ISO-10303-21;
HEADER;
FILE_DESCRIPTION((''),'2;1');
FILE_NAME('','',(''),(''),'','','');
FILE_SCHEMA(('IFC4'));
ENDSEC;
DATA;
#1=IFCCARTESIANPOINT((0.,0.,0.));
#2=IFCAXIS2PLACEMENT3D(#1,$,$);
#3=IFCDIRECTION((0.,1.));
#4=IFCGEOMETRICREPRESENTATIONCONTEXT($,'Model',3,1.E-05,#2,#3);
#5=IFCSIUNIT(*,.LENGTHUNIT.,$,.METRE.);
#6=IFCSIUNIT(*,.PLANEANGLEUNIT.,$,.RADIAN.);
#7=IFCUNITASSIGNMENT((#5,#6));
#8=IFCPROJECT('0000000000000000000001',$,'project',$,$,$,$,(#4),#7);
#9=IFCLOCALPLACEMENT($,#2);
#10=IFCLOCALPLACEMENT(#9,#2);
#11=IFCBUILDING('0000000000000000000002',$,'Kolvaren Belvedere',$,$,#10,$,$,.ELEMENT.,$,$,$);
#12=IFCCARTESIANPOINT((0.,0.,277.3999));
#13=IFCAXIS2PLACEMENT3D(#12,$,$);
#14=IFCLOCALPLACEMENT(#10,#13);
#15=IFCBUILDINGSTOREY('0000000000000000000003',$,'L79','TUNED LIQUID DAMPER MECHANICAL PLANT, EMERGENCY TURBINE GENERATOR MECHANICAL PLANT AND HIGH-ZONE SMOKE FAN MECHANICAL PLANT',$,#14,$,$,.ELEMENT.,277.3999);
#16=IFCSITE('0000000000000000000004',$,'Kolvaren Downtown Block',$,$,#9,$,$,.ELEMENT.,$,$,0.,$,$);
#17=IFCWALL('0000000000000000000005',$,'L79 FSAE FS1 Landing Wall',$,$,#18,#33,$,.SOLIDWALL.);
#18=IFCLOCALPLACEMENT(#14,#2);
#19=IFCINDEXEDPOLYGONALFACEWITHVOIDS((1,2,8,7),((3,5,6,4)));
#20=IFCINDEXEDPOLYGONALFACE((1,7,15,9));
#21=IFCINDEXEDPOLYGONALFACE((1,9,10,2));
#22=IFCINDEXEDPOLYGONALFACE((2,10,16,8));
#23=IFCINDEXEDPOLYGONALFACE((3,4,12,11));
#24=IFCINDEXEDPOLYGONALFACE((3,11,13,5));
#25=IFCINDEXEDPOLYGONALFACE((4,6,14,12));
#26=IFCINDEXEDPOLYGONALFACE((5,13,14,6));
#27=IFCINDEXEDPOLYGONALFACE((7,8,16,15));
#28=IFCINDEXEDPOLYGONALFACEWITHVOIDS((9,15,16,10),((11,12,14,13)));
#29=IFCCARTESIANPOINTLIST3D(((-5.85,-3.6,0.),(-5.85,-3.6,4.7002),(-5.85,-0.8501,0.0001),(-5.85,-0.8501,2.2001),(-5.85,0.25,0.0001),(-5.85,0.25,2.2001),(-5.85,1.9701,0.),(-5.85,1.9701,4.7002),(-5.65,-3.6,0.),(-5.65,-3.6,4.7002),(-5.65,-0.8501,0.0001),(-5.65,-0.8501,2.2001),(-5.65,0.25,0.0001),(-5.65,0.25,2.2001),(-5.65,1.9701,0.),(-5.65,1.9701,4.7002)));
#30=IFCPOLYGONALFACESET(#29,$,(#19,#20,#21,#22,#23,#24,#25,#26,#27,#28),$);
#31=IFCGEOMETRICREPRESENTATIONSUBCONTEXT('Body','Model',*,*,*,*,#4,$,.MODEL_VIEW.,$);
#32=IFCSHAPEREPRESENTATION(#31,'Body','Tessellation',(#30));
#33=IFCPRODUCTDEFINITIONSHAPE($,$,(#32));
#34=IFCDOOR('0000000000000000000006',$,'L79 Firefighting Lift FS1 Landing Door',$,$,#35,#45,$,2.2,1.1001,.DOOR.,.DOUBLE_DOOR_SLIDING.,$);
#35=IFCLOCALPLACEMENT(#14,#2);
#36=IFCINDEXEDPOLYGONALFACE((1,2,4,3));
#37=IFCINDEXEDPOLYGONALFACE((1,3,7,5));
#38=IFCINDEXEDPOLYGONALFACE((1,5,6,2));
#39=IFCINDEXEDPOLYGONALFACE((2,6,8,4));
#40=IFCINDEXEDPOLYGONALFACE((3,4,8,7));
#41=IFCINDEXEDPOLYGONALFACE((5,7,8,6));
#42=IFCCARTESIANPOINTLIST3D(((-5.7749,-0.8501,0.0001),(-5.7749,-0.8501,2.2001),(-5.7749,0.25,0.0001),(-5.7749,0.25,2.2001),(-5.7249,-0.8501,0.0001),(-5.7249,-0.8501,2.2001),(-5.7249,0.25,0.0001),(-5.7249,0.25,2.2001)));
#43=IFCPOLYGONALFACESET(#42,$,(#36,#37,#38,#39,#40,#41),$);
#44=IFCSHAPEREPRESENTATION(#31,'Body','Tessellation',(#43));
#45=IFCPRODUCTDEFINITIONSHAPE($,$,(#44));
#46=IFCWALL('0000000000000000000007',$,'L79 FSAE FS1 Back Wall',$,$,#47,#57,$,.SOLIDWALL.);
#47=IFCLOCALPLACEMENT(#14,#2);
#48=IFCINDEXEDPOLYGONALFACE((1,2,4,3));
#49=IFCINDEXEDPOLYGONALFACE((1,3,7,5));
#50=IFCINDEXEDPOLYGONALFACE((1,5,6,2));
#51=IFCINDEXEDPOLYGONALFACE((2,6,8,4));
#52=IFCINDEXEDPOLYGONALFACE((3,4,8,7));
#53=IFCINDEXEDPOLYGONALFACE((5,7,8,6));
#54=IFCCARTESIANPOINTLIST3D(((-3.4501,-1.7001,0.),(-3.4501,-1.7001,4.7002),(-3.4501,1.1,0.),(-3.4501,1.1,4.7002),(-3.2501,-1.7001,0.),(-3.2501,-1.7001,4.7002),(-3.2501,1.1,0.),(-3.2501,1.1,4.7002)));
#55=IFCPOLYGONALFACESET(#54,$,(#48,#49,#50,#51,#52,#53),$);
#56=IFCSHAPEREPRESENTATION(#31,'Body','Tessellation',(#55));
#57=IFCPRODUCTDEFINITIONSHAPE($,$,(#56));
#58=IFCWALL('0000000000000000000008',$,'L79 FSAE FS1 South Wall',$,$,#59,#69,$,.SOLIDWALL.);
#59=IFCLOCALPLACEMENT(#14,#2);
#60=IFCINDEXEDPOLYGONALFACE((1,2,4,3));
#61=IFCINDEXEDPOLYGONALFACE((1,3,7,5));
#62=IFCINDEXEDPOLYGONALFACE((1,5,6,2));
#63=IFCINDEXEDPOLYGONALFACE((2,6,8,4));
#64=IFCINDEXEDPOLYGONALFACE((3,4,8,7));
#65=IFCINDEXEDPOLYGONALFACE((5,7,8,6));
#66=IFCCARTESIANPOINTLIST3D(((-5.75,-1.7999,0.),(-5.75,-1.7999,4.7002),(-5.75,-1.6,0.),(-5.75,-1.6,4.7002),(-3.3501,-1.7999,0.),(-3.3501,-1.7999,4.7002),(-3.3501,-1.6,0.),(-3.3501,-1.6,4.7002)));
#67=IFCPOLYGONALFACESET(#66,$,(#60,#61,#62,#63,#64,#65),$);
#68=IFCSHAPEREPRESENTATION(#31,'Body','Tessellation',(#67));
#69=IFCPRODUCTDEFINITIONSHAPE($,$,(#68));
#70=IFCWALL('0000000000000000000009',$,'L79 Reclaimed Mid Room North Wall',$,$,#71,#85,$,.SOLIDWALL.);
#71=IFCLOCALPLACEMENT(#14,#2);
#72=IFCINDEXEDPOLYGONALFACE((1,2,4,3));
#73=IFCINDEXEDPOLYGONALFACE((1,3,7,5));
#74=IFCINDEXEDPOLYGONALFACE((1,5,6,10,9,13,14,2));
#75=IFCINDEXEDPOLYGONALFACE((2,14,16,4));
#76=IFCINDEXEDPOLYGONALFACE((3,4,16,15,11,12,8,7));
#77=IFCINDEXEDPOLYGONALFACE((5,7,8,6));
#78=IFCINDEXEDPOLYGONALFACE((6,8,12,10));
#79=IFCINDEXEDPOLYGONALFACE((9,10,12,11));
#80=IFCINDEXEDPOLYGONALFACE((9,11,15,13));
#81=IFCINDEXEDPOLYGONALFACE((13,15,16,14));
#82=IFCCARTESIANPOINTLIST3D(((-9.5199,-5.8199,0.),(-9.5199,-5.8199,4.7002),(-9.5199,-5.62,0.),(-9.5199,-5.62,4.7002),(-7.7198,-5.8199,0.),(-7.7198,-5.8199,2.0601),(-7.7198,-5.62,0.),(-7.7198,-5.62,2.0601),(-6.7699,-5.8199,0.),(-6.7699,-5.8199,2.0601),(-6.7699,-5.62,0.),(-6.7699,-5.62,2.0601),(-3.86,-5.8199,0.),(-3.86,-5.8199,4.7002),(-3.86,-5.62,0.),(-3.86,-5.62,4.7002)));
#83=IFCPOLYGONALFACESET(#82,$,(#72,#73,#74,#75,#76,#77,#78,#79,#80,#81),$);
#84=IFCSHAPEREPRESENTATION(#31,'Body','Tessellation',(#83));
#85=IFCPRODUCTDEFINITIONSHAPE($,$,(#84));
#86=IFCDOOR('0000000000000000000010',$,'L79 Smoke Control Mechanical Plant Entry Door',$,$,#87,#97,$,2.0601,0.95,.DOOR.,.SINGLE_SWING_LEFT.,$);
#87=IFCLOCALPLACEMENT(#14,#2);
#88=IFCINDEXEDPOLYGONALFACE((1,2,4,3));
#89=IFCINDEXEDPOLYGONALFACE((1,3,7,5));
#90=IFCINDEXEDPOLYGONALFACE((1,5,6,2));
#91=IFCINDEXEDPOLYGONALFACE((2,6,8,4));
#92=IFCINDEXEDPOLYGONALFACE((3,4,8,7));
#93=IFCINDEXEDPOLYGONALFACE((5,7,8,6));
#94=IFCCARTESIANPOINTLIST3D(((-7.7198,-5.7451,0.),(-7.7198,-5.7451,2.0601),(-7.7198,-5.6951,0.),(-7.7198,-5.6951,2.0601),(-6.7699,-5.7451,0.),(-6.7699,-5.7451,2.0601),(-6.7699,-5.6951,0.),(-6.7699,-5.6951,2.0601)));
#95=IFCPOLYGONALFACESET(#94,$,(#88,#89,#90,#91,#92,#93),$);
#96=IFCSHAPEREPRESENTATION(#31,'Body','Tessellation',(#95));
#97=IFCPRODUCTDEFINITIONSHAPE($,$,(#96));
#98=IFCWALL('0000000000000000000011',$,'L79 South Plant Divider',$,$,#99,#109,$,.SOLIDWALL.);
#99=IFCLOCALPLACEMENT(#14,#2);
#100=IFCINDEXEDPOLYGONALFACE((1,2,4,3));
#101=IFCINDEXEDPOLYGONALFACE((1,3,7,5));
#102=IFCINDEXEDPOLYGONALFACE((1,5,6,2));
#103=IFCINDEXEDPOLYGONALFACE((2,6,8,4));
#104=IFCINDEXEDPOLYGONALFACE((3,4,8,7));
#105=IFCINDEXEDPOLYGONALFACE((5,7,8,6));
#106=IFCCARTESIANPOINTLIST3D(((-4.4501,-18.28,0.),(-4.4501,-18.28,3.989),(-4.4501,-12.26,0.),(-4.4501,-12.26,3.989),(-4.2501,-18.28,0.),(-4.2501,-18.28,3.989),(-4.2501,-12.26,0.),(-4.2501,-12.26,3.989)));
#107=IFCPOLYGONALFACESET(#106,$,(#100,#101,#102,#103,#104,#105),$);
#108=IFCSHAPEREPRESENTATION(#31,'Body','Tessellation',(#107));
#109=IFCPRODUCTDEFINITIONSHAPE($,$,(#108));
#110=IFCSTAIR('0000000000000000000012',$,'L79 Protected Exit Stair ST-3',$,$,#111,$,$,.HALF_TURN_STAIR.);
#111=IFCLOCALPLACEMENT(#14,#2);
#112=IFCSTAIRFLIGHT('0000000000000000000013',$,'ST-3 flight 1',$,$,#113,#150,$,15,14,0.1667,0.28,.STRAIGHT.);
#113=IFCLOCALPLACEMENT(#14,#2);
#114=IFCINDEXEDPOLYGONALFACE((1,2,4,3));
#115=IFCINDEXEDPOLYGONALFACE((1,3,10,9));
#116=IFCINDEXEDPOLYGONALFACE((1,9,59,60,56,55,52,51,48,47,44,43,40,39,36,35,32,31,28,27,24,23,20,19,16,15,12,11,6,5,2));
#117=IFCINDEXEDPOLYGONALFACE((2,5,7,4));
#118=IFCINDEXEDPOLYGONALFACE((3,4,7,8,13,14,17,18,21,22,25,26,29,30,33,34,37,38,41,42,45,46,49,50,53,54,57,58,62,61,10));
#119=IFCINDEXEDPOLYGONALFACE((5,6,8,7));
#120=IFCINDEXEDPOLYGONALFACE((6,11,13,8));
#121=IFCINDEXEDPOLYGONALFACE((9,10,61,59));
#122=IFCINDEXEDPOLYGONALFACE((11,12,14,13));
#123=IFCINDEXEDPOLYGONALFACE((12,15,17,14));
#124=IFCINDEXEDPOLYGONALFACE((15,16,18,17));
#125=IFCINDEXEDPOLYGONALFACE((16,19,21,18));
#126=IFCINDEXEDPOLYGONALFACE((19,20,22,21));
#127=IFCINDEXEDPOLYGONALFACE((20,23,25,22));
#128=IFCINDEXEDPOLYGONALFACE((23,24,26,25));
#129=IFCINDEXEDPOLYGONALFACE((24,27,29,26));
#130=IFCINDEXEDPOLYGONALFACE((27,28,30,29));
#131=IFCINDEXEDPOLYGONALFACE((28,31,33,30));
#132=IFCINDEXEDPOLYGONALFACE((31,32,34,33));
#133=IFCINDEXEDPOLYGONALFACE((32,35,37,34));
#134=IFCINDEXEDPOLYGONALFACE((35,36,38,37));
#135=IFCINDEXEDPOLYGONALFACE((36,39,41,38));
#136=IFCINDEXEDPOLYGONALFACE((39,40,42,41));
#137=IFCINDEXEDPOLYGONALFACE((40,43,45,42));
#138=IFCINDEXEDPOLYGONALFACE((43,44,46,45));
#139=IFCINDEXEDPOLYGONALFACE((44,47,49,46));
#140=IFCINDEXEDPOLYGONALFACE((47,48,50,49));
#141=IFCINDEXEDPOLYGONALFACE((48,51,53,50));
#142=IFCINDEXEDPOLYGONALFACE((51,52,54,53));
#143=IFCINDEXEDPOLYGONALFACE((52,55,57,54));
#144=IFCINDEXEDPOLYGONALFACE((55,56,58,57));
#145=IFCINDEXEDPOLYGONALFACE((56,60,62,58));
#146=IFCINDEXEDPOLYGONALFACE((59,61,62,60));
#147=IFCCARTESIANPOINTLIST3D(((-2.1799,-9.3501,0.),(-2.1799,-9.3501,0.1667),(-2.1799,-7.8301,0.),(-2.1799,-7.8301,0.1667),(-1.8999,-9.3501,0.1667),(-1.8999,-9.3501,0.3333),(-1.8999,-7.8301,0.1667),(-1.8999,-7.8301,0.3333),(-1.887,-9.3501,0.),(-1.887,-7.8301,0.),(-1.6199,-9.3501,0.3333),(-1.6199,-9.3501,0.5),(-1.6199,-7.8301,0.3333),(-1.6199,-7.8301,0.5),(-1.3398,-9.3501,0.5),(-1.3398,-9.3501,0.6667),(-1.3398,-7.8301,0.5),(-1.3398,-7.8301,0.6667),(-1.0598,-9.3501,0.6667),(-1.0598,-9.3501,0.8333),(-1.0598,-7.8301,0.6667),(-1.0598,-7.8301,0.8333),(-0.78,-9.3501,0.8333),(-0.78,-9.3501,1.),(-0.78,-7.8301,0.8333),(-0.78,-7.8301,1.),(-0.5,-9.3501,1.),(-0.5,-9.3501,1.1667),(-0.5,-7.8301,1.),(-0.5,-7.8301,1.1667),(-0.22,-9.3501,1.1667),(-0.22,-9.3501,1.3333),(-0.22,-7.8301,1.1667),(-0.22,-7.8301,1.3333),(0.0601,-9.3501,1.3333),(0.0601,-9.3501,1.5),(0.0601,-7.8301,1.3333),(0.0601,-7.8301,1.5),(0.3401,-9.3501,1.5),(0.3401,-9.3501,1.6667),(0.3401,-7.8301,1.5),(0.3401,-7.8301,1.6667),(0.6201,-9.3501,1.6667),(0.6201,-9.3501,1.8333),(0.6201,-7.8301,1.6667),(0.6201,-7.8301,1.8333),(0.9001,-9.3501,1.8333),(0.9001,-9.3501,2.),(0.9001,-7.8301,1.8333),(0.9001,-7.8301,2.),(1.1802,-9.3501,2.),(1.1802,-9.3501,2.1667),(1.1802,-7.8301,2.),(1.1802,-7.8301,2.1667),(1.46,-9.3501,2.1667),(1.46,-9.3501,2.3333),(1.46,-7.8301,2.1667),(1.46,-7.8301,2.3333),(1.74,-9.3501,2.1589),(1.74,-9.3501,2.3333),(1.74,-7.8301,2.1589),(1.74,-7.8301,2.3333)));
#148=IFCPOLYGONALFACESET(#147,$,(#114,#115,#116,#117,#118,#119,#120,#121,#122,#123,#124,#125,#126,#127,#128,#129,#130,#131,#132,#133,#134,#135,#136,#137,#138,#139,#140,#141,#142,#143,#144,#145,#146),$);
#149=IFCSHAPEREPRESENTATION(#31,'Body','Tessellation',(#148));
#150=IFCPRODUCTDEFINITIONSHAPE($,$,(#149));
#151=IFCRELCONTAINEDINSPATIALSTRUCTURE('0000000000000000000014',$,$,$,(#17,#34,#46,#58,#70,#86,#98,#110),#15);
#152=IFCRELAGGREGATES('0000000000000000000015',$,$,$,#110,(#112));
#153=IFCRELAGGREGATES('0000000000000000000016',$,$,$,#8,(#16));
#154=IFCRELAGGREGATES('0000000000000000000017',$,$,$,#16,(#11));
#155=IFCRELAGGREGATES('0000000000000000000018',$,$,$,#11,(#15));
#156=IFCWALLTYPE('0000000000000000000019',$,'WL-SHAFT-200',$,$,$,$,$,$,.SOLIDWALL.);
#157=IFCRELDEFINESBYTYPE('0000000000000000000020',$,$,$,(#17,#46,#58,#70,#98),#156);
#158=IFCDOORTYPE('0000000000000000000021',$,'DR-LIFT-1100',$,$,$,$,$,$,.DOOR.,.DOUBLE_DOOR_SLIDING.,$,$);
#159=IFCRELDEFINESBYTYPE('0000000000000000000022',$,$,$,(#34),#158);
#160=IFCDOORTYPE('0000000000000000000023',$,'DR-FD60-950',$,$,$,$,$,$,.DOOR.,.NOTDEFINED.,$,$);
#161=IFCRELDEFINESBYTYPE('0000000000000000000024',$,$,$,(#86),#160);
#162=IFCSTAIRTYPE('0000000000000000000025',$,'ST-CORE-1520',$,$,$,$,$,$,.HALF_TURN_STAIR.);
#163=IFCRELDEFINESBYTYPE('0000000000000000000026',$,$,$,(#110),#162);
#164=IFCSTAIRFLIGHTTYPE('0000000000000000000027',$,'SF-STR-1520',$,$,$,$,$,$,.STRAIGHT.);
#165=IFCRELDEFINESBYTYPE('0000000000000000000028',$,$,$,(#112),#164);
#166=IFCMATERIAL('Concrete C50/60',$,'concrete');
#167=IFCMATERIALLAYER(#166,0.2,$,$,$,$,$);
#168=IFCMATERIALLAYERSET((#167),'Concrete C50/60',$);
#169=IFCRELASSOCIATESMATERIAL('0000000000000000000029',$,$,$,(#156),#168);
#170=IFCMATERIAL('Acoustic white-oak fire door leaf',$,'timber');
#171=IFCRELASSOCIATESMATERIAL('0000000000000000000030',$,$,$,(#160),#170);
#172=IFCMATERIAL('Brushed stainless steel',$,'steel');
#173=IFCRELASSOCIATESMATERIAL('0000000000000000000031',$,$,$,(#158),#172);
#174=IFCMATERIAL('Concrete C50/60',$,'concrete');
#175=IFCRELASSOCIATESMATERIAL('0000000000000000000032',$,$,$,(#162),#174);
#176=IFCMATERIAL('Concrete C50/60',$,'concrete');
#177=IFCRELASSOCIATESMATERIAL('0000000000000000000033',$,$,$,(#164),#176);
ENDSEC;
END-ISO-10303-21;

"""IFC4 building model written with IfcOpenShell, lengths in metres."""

from ifc_helpers import new_model, si_unit, direction, frame, frame_2d, origin, place, context, subcontext, project, spatial, polyline, rectangle, outline, extrude, material, layer, layer_set, type_object, element, fill, aggregate, save


model = new_model("IFC4")

# Units and contexts
model_context = context("Model", 3, precision=1e-05, world=origin(), true_north=direction((0.0, 1.0)))
body_context = subcontext(model_context, "Body", "Model", "MODEL_VIEW")
ifc_project = project(units=[si_unit("LENGTHUNIT", "METRE"), si_unit("PLANEANGLEUNIT", "RADIAN")], contexts=[model_context])

# Site, building, storey
site_placement = place(None, origin())
site = spatial("IfcSite", under=ifc_project, at=site_placement, Name="Kolvaren Downtown Block", CompositionType="ELEMENT", RefElevation=0.0)
building_placement = place(site_placement, origin())
building = spatial("IfcBuilding", under=site, at=building_placement, Name="Kolvaren Belvedere", CompositionType="ELEMENT")
storey_placement = place(building_placement, frame((0.0, 0.0, 277.3999)))
storey = spatial("IfcBuildingStorey", under=building, at=storey_placement, Name="L79", Description="TUNED LIQUID DAMPER MECHANICAL PLANT, EMERGENCY TURBINE GENERATOR MECHANICAL PLANT AND HIGH-ZONE SMOKE FAN MECHANICAL PLANT", CompositionType="ELEMENT", Elevation=277.3999)

# Wall, opening, door
ifc_material_1 = material(Name="Concrete C50/60", Category="concrete")
ifc_layer_1 = layer(ifc_material_1, 0.2)
ifc_layer_set_1 = layer_set([ifc_layer_1], Name="Concrete C50/60")
wall_type_1 = type_object("IfcWallType", Name="WL-SHAFT-200", PredefinedType="SOLIDWALL", material=ifc_layer_set_1)
ifc_material_2 = material(Name="Acoustic white-oak fire door leaf", Category="timber")
door_type_1 = type_object("IfcDoorType", Name="DR-FD60-950", OperationType="NOTDEFINED", PredefinedType="DOOR", material=ifc_material_2)
wall_1_placement = place(storey_placement, frame((-5.75, -3.6001, 0.0), z_axis=(0.0, 0.0, 1.0), x_axis=(0.0, 1.0, 0.0)))
wall_1 = element("IfcWall", 1, at=wall_1_placement, inside=storey, type_object=wall_type_1, Name="L79 FSAE FS1 Landing Wall", PredefinedType="SOLIDWALL", context=body_context, shape_type="SweptSolid", body=[
    extrude(rectangle(XDim=5.5701, YDim=0.2, at=frame_2d((2.7852, 0.0))), origin(), (0.0, 0.0, 1.0), 4.7002),
])
opening_1_placement = place(wall_1_placement, frame((2.75, 0.0, 0.0)))
opening_1 = element("IfcOpeningElement", 2, at=opening_1_placement, cuts=wall_1, PredefinedType="OPENING", context=body_context, shape_type="SweptSolid", body=[
    extrude(rectangle(XDim=1.1001, YDim=2.2, at=frame_2d((0.55, 1.1001))), frame((0.0, 0.1099, 0.0), z_axis=(0.0, -1.0, 0.0), x_axis=(1.0, 0.0, 0.0)), (0.0, 0.0, 1.0), 0.22),
])
ifc_material_3 = material(Name="Brushed stainless steel", Category="steel")
door_type_2 = type_object("IfcDoorType", Name="DR-LIFT-1100", OperationType="DOUBLE_DOOR_SLIDING", PredefinedType="DOOR", material=ifc_material_3)
door_1_placement = place(opening_1_placement, origin())
door_1 = element("IfcDoor", 3, at=door_1_placement, inside=storey, type_object=door_type_2, Name="L79 Firefighting Lift FS1 Landing Door", OperationType="DOUBLE_DOOR_SLIDING", OverallHeight=2.2, OverallWidth=1.1001, PredefinedType="DOOR", context=body_context, shape_type="SweptSolid", body=[
    extrude(rectangle(XDim=1.1001, YDim=2.2, at=frame_2d((0.55, 1.1001))), frame((0.0, 0.0249, 0.0), z_axis=(0.0, -1.0, 0.0), x_axis=(1.0, 0.0, 0.0)), (0.0, 0.0, 1.0), 0.05),
])
fill(opening_1, door_1)

# Walls
wall_2_placement = place(storey_placement, frame((-3.3501, -1.7, 0.0), z_axis=(0.0, 0.0, 1.0), x_axis=(0.0, 1.0, 0.0)))
element("IfcWall", 4, at=wall_2_placement, inside=storey, type_object=wall_type_1, Name="L79 FSAE FS1 Back Wall", PredefinedType="SOLIDWALL", context=body_context, shape_type="SweptSolid", body=[
    extrude(rectangle(XDim=2.8, YDim=0.2, at=frame_2d((1.3999, 0.0))), origin(), (0.0, 0.0, 1.0), 4.7002),
])
wall_3_placement = place(storey_placement, frame((-5.75, -1.7, 0.0), z_axis=(0.0, 0.0, 1.0), x_axis=(1.0, 0.0, 0.0)))
element("IfcWall", 5, at=wall_3_placement, inside=storey, type_object=wall_type_1, Name="L79 FSAE FS1 South Wall", PredefinedType="SOLIDWALL", context=body_context, shape_type="SweptSolid", body=[
    extrude(rectangle(XDim=2.3999, YDim=0.2, at=frame_2d((1.2, 0.0))), origin(), (0.0, 0.0, 1.0), 4.7002),
])

# Wall, opening, door
wall_4_placement = place(storey_placement, frame((-9.52, -5.72, 0.0), z_axis=(0.0, 0.0, 1.0), x_axis=(1.0, 0.0, 0.0)))
wall_4 = element("IfcWall", 6, at=wall_4_placement, inside=storey, type_object=wall_type_1, Name="L79 Reclaimed Mid Room North Wall", PredefinedType="SOLIDWALL", context=body_context, shape_type="SweptSolid", body=[
    extrude(rectangle(XDim=5.6599, YDim=0.2, at=frame_2d((2.8301, 0.0))), origin(), (0.0, 0.0, 1.0), 4.7002),
])
opening_2_placement = place(wall_4_placement, frame((1.8, 0.0, 0.0)))
opening_2 = element("IfcOpeningElement", 7, at=opening_2_placement, cuts=wall_4, PredefinedType="OPENING", context=body_context, shape_type="SweptSolid", body=[
    extrude(rectangle(XDim=0.95, YDim=2.0601, at=frame_2d((0.4751, 1.03))), frame((0.0, 0.1099, 0.0), z_axis=(0.0, -1.0, 0.0), x_axis=(1.0, 0.0, 0.0)), (0.0, 0.0, 1.0), 0.22),
])
door_2_placement = place(opening_2_placement, origin())
door_2 = element("IfcDoor", 8, at=door_2_placement, inside=storey, type_object=door_type_1, Name="L79 Smoke Control Mechanical Plant Entry Door", OperationType="SINGLE_SWING_LEFT", OverallHeight=2.0601, OverallWidth=0.95, PredefinedType="DOOR", context=body_context, shape_type="SweptSolid", body=[
    extrude(rectangle(XDim=0.95, YDim=2.0601, at=frame_2d((0.4751, 1.03))), frame((0.0, 0.0249, 0.0), z_axis=(0.0, -1.0, 0.0), x_axis=(1.0, 0.0, 0.0)), (0.0, 0.0, 1.0), 0.05),
])
fill(opening_2, door_2)

# Wall
wall_5_placement = place(storey_placement, frame((-4.3501, -18.28, 0.0), z_axis=(0.0, 0.0, 1.0), x_axis=(0.0, 1.0, 0.0)))
element("IfcWall", 9, at=wall_5_placement, inside=storey, type_object=wall_type_1, Name="L79 South Plant Divider", PredefinedType="SOLIDWALL", context=body_context, shape_type="SweptSolid", body=[
    extrude(rectangle(XDim=6.02, YDim=0.2, at=frame_2d((3.01, 0.0))), origin(), (0.0, 0.0, 1.0), 3.989),
])

# Stair, stair flight
ifc_material_4 = material(Name="Concrete C50/60", Category="concrete")
stair_type = type_object("IfcStairType", Name="ST-CORE-1520", PredefinedType="HALF_TURN_STAIR", material=ifc_material_4)
stair_placement = place(storey_placement, origin())
stair = element("IfcStair", 10, at=stair_placement, inside=storey, type_object=stair_type, Name="L79 Protected Exit Stair ST-3", PredefinedType="HALF_TURN_STAIR")
ifc_material_5 = material(Name="Concrete C50/60", Category="concrete")
stair_flight_type = type_object("IfcStairFlightType", Name="SF-STR-1520", PredefinedType="STRAIGHT", material=ifc_material_5)
stair_flight_placement = place(storey_placement, frame((-2.1799, -8.5901, 0.0), z_axis=(0.0, 0.0, 1.0), x_axis=(1.0, 0.0, 0.0)))
stair_flight = element("IfcStairFlight", 11, at=stair_flight_placement, type_object=stair_flight_type, Name="ST-3 flight 1", NumberOfRisers=15, NumberOfTreads=14, PredefinedType="STRAIGHT", RiserHeight=0.1667, TreadLength=0.28, context=body_context, shape_type="SweptSolid", body=[
    extrude(outline(polyline([(0.0, 0.0), (0.0, 0.1667), (0.28, 0.1667), (0.28, 0.3333), (0.5601, 0.3333), (0.5601, 0.5), (0.8401, 0.5), (0.8401, 0.6667), (1.1201, 0.6667), (1.1201, 0.8333), (1.3999, 0.8333), (1.3999, 1.0), (1.6799, 1.0), (1.6799, 1.1667), (1.96, 1.1667), (1.96, 1.3333), (2.24, 1.3333), (2.24, 1.5), (2.52, 1.5), (2.52, 1.6667), (2.8, 1.6667), (2.8, 1.8333), (3.0801, 1.8333), (3.0801, 2.0), (3.3601, 2.0), (3.3601, 2.1667), (3.6399, 2.1667), (3.6399, 2.3333), (3.9199, 2.3333), (3.9199, 2.5), (3.9199, 2.1589), (0.293, 0.0), (0.0, 0.0)])), frame((0.0, 0.76, 0.0), z_axis=(0.0, -1.0, 0.0), x_axis=(1.0, 0.0, 0.0)), (0.0, 0.0, 1.0), 1.52),
])
aggregate(stair, [stair_flight])

save(model, "model.ifc")
